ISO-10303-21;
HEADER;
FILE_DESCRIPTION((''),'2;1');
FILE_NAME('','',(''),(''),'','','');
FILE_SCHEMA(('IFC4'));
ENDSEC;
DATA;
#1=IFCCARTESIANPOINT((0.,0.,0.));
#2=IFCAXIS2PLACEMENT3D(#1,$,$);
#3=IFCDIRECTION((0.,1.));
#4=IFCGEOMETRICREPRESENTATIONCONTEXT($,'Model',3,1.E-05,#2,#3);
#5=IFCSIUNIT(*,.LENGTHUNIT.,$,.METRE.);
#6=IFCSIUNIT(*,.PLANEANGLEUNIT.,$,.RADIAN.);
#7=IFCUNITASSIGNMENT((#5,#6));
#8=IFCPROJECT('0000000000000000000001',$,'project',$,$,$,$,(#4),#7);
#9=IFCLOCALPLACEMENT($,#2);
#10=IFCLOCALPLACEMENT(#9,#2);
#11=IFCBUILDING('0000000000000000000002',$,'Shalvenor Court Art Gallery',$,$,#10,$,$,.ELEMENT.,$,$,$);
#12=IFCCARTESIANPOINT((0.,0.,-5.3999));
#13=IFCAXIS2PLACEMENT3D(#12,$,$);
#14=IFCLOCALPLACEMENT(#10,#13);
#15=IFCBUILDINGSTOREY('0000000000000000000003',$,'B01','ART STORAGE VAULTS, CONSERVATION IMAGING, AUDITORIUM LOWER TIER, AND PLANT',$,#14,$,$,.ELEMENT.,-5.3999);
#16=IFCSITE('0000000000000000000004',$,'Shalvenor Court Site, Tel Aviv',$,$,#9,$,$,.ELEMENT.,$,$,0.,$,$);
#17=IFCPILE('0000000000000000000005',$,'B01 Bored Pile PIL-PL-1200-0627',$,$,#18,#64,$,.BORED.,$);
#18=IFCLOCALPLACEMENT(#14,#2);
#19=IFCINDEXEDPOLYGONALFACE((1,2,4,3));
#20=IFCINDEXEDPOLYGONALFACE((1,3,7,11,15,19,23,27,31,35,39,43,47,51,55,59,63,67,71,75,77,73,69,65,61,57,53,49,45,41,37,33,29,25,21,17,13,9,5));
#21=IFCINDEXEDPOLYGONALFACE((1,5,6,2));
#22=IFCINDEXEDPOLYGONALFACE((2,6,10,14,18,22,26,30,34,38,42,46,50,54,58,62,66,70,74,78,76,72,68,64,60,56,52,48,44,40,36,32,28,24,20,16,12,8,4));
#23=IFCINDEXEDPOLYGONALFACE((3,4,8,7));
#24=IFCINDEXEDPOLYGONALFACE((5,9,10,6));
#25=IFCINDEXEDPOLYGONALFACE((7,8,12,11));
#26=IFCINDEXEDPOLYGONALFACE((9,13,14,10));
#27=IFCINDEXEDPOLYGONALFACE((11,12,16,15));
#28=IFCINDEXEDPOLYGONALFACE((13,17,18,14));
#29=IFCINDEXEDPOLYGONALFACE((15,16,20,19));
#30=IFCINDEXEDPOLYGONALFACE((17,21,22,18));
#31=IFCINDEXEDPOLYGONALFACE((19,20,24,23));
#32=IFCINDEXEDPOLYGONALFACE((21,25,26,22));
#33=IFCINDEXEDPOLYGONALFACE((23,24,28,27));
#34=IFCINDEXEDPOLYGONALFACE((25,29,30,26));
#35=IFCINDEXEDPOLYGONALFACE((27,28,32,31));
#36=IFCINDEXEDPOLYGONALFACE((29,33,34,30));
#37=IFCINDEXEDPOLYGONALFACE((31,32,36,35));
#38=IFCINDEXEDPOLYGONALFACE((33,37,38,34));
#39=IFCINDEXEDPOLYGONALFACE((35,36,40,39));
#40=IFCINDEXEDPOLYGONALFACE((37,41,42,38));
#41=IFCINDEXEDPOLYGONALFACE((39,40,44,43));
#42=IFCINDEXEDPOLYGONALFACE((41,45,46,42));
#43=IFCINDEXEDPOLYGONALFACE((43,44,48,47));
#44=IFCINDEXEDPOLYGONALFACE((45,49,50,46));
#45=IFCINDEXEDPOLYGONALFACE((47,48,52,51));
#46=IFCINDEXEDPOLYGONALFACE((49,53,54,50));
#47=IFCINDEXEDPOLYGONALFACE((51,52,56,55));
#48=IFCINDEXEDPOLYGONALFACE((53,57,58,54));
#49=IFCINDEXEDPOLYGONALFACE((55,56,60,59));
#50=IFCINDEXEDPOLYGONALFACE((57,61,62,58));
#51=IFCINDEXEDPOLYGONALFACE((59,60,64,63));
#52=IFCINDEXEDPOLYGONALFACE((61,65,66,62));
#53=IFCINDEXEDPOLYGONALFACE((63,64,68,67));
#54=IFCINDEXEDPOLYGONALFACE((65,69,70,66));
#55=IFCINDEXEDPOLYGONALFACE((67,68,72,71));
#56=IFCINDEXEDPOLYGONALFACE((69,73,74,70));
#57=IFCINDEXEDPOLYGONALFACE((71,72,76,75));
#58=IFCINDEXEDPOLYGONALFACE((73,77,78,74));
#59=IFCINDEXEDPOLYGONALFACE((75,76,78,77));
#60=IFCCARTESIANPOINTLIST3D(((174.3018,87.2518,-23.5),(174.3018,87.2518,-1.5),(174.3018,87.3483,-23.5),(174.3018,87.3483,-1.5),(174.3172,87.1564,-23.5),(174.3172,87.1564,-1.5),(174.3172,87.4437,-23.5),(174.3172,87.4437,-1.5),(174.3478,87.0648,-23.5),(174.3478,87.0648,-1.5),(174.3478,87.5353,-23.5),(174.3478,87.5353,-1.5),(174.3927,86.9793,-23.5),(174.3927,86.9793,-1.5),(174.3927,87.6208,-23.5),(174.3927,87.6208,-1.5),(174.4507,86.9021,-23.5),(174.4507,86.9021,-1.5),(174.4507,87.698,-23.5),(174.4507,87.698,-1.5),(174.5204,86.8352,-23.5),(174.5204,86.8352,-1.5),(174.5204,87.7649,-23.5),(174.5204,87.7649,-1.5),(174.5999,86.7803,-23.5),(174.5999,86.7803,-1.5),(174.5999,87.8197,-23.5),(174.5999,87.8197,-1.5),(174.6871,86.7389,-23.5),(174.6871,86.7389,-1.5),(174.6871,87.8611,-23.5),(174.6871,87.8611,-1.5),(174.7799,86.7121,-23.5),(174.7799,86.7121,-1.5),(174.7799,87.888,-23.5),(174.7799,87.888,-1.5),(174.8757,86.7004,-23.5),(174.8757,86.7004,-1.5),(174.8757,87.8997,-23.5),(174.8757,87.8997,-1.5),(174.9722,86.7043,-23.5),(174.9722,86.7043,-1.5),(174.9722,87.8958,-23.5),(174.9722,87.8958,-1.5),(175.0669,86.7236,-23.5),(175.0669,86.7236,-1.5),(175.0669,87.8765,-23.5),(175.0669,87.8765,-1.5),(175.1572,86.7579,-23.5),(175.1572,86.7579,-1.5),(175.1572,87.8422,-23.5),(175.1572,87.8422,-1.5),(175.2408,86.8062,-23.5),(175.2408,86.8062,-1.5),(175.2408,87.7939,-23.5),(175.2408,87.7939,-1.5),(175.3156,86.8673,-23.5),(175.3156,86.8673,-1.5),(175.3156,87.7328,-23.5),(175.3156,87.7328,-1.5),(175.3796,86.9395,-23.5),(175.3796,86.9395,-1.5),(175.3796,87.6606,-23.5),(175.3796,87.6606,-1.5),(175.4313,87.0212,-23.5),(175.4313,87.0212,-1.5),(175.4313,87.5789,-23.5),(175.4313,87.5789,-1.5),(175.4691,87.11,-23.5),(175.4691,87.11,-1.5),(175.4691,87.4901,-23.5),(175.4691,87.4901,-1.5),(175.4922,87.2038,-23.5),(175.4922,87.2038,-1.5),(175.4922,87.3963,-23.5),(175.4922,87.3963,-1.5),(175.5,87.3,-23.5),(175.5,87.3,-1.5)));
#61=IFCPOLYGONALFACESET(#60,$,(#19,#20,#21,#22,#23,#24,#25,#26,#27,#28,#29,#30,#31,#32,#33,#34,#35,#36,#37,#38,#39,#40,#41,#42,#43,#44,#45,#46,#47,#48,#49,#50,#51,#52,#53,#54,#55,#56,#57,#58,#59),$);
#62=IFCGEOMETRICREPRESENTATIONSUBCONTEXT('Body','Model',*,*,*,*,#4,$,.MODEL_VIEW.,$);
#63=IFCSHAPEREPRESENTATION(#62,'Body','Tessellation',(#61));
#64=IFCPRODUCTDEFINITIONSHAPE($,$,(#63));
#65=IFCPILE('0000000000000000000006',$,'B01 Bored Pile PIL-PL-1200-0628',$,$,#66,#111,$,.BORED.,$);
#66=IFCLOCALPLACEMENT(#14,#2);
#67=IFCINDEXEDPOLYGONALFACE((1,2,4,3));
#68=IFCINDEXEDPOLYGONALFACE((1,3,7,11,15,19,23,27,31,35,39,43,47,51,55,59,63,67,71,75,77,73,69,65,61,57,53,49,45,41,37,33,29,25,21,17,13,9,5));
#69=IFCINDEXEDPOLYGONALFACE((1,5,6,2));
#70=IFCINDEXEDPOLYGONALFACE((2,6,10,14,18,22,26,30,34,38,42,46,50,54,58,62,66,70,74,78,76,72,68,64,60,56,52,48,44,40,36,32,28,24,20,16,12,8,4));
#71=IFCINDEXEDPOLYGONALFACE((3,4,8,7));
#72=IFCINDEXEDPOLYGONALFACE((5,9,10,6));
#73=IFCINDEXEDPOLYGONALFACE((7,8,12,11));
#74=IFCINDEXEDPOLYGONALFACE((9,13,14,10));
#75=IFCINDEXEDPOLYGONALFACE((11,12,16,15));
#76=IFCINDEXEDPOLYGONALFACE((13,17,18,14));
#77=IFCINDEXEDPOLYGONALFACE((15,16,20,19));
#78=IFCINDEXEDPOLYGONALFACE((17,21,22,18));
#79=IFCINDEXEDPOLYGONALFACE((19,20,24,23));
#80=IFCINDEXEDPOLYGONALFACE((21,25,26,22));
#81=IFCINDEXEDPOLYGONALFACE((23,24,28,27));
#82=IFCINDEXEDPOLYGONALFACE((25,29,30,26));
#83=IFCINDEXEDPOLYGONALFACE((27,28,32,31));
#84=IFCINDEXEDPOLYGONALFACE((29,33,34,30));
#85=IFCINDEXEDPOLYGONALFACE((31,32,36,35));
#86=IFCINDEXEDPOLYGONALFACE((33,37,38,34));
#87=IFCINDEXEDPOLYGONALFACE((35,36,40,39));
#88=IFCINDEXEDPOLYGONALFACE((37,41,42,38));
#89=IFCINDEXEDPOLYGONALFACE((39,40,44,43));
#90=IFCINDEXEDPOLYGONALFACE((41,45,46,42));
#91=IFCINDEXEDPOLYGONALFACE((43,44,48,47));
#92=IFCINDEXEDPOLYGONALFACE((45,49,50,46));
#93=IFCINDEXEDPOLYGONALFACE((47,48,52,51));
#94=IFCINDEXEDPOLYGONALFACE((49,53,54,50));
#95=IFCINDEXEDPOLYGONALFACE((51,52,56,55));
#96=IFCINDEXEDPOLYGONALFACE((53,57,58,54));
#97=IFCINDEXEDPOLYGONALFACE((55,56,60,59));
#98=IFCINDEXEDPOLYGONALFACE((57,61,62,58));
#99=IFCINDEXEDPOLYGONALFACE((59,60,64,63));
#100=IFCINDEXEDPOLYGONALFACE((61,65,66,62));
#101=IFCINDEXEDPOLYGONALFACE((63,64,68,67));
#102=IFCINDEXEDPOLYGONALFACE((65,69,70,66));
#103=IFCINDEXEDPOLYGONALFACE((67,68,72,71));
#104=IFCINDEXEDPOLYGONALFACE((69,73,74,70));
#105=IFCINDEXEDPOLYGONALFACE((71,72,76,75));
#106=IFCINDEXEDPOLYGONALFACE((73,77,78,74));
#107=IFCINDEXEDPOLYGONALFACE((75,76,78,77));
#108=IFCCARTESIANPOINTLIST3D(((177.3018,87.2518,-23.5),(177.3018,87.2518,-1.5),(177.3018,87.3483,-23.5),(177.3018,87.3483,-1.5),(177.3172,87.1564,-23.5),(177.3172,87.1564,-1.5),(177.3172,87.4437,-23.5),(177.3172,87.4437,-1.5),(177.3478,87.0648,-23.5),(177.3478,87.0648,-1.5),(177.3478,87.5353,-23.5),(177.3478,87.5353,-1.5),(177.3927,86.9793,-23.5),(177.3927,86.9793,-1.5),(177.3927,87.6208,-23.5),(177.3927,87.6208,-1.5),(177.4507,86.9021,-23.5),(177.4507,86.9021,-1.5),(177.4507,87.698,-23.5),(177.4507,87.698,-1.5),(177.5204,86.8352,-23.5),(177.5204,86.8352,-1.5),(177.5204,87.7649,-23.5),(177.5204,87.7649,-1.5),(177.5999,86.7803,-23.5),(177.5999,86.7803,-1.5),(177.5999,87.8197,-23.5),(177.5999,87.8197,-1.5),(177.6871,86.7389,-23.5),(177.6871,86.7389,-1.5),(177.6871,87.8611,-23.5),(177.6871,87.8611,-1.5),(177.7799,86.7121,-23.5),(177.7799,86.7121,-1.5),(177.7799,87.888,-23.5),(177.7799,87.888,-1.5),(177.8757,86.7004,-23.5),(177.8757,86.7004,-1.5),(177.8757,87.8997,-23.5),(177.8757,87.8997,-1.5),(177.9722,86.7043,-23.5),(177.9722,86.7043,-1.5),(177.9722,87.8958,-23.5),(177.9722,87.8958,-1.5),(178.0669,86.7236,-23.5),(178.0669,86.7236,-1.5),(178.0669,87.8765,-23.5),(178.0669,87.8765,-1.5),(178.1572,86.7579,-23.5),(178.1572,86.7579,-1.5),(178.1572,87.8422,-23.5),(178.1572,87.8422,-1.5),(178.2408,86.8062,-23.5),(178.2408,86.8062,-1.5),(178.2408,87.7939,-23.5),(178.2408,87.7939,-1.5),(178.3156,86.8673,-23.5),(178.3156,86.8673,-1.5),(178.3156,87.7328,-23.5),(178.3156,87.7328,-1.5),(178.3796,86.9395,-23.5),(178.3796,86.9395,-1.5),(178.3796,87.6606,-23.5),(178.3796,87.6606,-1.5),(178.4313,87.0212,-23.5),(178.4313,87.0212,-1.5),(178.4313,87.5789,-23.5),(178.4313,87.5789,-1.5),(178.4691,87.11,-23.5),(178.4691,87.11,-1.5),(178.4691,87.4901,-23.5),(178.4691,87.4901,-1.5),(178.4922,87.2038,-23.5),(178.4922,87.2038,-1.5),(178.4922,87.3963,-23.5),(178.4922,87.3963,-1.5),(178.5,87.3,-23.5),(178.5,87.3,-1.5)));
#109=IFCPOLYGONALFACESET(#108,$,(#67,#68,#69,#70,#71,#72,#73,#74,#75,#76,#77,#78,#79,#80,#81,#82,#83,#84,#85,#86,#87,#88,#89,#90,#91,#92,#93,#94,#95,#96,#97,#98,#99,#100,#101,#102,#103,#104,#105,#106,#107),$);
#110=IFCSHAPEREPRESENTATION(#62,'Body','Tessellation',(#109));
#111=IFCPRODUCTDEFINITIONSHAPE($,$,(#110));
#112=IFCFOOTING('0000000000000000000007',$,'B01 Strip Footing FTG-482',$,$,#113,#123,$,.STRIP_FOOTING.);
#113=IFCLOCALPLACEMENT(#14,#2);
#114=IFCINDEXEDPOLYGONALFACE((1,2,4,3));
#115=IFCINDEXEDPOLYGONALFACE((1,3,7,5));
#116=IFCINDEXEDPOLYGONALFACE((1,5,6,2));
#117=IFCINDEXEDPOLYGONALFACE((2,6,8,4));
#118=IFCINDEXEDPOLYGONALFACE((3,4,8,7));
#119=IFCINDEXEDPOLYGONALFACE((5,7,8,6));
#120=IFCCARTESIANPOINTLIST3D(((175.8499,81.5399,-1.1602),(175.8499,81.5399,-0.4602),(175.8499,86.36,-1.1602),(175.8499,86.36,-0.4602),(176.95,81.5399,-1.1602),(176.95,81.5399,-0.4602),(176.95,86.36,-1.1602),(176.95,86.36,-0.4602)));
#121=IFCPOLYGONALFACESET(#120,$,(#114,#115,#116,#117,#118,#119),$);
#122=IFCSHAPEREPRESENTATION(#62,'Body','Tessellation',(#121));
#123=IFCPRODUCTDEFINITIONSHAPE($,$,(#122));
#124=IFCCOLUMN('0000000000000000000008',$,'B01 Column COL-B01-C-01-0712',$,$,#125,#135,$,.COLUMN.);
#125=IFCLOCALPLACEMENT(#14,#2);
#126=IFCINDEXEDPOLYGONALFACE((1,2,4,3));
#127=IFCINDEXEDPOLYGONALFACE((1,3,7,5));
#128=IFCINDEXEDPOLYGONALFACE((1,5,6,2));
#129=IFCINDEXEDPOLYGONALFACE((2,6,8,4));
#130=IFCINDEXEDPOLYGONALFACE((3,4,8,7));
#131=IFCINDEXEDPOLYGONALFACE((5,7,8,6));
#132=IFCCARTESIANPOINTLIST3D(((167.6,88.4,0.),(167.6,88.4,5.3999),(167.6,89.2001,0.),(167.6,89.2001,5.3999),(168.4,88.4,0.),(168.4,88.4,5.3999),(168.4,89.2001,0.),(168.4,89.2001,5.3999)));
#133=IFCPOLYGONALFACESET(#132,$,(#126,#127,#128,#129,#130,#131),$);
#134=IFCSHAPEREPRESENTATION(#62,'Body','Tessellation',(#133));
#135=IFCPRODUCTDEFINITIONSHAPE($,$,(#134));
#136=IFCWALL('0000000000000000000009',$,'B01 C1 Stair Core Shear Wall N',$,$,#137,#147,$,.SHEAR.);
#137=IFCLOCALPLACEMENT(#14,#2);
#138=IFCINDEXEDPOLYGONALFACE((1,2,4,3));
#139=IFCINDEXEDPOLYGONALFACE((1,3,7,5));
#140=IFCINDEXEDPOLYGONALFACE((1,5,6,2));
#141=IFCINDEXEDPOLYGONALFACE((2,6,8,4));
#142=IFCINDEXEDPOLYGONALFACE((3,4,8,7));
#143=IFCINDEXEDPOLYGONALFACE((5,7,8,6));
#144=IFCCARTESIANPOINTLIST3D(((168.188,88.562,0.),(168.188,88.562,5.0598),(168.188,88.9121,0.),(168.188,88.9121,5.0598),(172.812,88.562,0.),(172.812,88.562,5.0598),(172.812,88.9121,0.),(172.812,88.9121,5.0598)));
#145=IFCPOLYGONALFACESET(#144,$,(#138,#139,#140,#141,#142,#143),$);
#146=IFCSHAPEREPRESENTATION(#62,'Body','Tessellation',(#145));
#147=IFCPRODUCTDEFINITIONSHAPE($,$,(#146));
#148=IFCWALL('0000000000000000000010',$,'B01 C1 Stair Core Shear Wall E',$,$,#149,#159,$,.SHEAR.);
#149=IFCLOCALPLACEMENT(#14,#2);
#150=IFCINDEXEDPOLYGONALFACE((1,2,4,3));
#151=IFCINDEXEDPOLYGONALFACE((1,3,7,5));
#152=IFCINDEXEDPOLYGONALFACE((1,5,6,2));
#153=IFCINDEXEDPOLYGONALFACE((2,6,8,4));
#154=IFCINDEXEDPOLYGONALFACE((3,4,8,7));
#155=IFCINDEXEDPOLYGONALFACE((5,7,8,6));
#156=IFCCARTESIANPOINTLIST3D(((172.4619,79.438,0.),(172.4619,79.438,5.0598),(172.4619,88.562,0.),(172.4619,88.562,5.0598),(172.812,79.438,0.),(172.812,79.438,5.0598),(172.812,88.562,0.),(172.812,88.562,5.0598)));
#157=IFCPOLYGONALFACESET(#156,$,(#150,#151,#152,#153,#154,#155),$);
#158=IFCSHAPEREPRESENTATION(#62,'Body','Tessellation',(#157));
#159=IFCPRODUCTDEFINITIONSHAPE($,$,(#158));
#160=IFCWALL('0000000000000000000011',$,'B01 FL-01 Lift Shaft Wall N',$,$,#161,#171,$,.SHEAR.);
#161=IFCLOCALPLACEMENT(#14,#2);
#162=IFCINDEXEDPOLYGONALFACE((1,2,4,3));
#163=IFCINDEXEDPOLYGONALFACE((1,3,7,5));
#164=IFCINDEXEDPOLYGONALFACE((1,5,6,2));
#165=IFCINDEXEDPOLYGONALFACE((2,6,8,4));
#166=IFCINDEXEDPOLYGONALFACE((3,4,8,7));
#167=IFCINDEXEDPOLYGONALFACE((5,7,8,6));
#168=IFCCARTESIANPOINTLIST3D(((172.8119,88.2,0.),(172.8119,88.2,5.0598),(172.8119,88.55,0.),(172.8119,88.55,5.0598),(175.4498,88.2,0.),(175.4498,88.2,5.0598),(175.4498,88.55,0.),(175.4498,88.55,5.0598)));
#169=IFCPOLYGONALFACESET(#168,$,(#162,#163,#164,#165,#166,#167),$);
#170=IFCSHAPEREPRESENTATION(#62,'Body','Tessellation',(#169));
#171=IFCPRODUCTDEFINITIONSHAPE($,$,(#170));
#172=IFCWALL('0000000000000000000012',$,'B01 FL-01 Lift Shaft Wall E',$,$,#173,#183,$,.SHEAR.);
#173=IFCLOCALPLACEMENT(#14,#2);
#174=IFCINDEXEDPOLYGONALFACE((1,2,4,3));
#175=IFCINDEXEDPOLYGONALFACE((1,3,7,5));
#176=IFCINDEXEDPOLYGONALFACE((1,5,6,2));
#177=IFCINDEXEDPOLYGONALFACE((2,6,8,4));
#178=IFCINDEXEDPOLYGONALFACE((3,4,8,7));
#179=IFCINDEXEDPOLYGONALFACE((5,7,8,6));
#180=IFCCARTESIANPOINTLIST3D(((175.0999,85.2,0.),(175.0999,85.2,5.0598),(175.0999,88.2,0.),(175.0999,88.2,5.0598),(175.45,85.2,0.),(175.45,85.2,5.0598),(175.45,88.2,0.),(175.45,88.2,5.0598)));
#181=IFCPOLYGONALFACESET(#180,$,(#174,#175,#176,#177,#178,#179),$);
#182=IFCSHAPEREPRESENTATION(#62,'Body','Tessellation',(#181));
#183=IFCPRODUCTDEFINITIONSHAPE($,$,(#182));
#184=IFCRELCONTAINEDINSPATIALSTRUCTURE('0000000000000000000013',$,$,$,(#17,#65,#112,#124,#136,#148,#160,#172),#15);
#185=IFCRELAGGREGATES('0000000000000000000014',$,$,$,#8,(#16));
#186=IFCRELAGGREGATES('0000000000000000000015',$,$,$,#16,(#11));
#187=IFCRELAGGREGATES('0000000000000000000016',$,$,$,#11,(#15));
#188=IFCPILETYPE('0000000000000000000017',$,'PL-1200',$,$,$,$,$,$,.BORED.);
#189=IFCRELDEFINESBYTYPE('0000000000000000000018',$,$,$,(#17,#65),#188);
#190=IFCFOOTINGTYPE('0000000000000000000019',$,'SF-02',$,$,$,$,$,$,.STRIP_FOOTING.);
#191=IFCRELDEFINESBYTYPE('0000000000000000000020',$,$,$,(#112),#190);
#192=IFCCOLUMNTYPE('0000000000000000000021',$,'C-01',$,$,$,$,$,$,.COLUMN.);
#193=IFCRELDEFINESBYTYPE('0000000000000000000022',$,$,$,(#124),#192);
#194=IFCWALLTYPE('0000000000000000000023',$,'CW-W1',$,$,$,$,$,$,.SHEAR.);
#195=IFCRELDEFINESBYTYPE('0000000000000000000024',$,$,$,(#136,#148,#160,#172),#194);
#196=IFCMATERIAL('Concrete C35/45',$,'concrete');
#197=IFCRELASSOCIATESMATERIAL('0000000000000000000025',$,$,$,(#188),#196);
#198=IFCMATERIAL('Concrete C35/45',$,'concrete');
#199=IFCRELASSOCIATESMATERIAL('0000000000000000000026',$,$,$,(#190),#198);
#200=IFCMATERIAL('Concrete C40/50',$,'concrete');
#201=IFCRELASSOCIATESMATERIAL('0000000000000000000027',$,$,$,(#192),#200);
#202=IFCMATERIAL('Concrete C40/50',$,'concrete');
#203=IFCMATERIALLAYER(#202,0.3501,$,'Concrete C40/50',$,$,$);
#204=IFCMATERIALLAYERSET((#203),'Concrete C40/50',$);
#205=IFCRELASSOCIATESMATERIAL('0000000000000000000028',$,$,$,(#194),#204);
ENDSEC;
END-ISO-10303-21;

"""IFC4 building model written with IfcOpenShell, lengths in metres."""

from ifc_helpers import new_model, si_unit, direction, frame, frame_2d, origin, origin_2d, place, context, subcontext, project, spatial, rectangle, circle, extrude, material, layer, layer_set, material_profile, profile_set, type_object, element, save


model = new_model("IFC4")

# Units and contexts
model_context = context("Model", 3, precision=1e-05, world=origin(), true_north=direction((0.0, 1.0)))
body_context = subcontext(model_context, "Body", "Model", "MODEL_VIEW")
ifc_project = project(units=[si_unit("LENGTHUNIT", "METRE"), si_unit("PLANEANGLEUNIT", "RADIAN")], contexts=[model_context])

# Site, building, storey
site_placement = place(None, origin())
site = spatial("IfcSite", under=ifc_project, at=site_placement, Name="Shalvenor Court Site, Tel Aviv", CompositionType="ELEMENT", RefElevation=0.0)
building_placement = place(site_placement, origin())
building = spatial("IfcBuilding", under=site, at=building_placement, Name="Shalvenor Court Art Gallery", CompositionType="ELEMENT")
storey_placement = place(building_placement, frame((0.0, 0.0, -5.3999)))
storey = spatial("IfcBuildingStorey", under=building, at=storey_placement, Name="B01", Description="ART STORAGE VAULTS, CONSERVATION IMAGING, AUDITORIUM LOWER TIER, AND PLANT", CompositionType="ELEMENT", Elevation=-5.3999)

# Piles
ifc_material_1 = material(Name="Concrete C35/45", Category="concrete")
ifc_material_profile_1 = material_profile(ifc_material_1, circle(Radius=0.6001, at=origin_2d()), Name="PILE 1200")
ifc_profile_set_1 = profile_set([ifc_material_profile_1], Name="Concrete C35/45")
pile_type = type_object("IfcPileType", Name="PL-1200", PredefinedType="BORED", material=ifc_profile_set_1)
for number, where, z_axis, x_axis, name in (
    (1, (174.8999, 87.3, -1.5), (0.0, 0.0, -1.0), (1.0, 0.0, 0.0), "B01 Bored Pile PIL-PL-1200-0627"),
    (2, (177.8999, 87.3, -1.5), (0.0, 0.0, -1.0), (1.0, 0.0, 0.0), "B01 Bored Pile PIL-PL-1200-0628"),
):
    element("IfcPile", number, at=place(storey_placement, frame(where, z_axis=z_axis, x_axis=x_axis)), inside=storey, type_object=pile_type, Name=name, PredefinedType="BORED", context=body_context, shape_type="SweptSolid", body=[
        extrude(circle(Radius=0.6001, at=origin_2d()), origin(), (0.0, 0.0, 1.0), 22.0),
    ])

# Footing
ifc_material_2 = material(Name="Concrete C35/45", Category="concrete")
footing_type_1 = type_object("IfcFootingType", Name="SF-02", PredefinedType="STRIP_FOOTING", material=ifc_material_2)
footing_1_placement = place(storey_placement, frame((176.3999, 83.95, -1.1602), z_axis=(0.0, 0.0, 1.0), x_axis=(0.0, 1.0, 0.0)))
element("IfcFooting", 3, at=footing_1_placement, inside=storey, type_object=footing_type_1, Name="B01 Strip Footing FTG-482", PredefinedType="STRIP_FOOTING", context=body_context, shape_type="SweptSolid", body=[
    extrude(rectangle(XDim=4.8201, YDim=1.1001, at=origin_2d()), origin(), (0.0, 0.0, 1.0), 0.7),
])

# Column
ifc_material_3 = material(Name="Concrete C40/50", Category="concrete")
ifc_material_profile_2 = material_profile(ifc_material_3, rectangle(XDim=0.8, YDim=0.8, at=origin_2d()), Name="RC 800x800")
ifc_profile_set_2 = profile_set([ifc_material_profile_2], Name="Concrete C40/50")
column_type = type_object("IfcColumnType", Name="C-01", PredefinedType="COLUMN", material=ifc_profile_set_2)
column_placement = place(storey_placement, frame((168.0, 88.8, 0.0), z_axis=(0.0, 0.0, 1.0), x_axis=(1.0, 0.0, 0.0)))
element("IfcColumn", 4, at=column_placement, inside=storey, type_object=column_type, Name="B01 Column COL-B01-C-01-0712", PredefinedType="COLUMN", context=body_context, shape_type="SweptSolid", body=[
    extrude(rectangle(XDim=0.8, YDim=0.8, at=origin_2d()), origin(), (0.0, 0.0, 1.0), 5.3999),
])

# Walls
ifc_material_4 = material(Name="Concrete C40/50", Category="concrete")
ifc_layer_1 = layer(ifc_material_4, 0.3501, Name="Concrete C40/50")
ifc_layer_set_1 = layer_set([ifc_layer_1], Name="Concrete C40/50")
wall_type_1 = type_object("IfcWallType", Name="CW-W1", PredefinedType="SHEAR", material=ifc_layer_set_1)
wall_1_placement = place(storey_placement, frame((168.188, 88.7371, 0.0), z_axis=(0.0, 0.0, 1.0), x_axis=(1.0, 0.0, 0.0)))
element("IfcWall", 5, at=wall_1_placement, inside=storey, type_object=wall_type_1, Name="B01 C1 Stair Core Shear Wall N", PredefinedType="SHEAR", context=body_context, shape_type="SweptSolid", body=[
    extrude(rectangle(XDim=4.624, YDim=0.3501, at=frame_2d((2.312, 0.0))), origin(), (0.0, 0.0, 1.0), 5.0598),
])
wall_2_placement = place(storey_placement, frame((172.637, 88.562, 0.0), z_axis=(0.0, 0.0, 1.0), x_axis=(0.0, -1.0, 0.0)))
element("IfcWall", 6, at=wall_2_placement, inside=storey, type_object=wall_type_1, Name="B01 C1 Stair Core Shear Wall E", PredefinedType="SHEAR", context=body_context, shape_type="SweptSolid", body=[
    extrude(rectangle(XDim=9.124, YDim=0.3501, at=frame_2d((4.562, 0.0))), origin(), (0.0, 0.0, 1.0), 5.0598),
])
wall_3_placement = place(storey_placement, frame((172.812, 88.375, 0.0), z_axis=(0.0, 0.0, 1.0), x_axis=(1.0, 0.0, 0.0)))
element("IfcWall", 7, at=wall_3_placement, inside=storey, type_object=wall_type_1, Name="B01 FL-01 Lift Shaft Wall N", PredefinedType="SHEAR", context=body_context, shape_type="SweptSolid", body=[
    extrude(rectangle(XDim=2.6379, YDim=0.3501, at=frame_2d((1.3188, 0.0))), origin(), (0.0, 0.0, 1.0), 5.0598),
])
wall_4_placement = place(storey_placement, frame((175.2749, 88.2, 0.0), z_axis=(0.0, 0.0, 1.0), x_axis=(0.0, -1.0, 0.0)))
element("IfcWall", 8, at=wall_4_placement, inside=storey, type_object=wall_type_1, Name="B01 FL-01 Lift Shaft Wall E", PredefinedType="SHEAR", context=body_context, shape_type="SweptSolid", body=[
    extrude(rectangle(XDim=3.0, YDim=0.3501, at=frame_2d((1.5, 0.0))), origin(), (0.0, 0.0, 1.0), 5.0598),
])

save(model, "model.ifc")
